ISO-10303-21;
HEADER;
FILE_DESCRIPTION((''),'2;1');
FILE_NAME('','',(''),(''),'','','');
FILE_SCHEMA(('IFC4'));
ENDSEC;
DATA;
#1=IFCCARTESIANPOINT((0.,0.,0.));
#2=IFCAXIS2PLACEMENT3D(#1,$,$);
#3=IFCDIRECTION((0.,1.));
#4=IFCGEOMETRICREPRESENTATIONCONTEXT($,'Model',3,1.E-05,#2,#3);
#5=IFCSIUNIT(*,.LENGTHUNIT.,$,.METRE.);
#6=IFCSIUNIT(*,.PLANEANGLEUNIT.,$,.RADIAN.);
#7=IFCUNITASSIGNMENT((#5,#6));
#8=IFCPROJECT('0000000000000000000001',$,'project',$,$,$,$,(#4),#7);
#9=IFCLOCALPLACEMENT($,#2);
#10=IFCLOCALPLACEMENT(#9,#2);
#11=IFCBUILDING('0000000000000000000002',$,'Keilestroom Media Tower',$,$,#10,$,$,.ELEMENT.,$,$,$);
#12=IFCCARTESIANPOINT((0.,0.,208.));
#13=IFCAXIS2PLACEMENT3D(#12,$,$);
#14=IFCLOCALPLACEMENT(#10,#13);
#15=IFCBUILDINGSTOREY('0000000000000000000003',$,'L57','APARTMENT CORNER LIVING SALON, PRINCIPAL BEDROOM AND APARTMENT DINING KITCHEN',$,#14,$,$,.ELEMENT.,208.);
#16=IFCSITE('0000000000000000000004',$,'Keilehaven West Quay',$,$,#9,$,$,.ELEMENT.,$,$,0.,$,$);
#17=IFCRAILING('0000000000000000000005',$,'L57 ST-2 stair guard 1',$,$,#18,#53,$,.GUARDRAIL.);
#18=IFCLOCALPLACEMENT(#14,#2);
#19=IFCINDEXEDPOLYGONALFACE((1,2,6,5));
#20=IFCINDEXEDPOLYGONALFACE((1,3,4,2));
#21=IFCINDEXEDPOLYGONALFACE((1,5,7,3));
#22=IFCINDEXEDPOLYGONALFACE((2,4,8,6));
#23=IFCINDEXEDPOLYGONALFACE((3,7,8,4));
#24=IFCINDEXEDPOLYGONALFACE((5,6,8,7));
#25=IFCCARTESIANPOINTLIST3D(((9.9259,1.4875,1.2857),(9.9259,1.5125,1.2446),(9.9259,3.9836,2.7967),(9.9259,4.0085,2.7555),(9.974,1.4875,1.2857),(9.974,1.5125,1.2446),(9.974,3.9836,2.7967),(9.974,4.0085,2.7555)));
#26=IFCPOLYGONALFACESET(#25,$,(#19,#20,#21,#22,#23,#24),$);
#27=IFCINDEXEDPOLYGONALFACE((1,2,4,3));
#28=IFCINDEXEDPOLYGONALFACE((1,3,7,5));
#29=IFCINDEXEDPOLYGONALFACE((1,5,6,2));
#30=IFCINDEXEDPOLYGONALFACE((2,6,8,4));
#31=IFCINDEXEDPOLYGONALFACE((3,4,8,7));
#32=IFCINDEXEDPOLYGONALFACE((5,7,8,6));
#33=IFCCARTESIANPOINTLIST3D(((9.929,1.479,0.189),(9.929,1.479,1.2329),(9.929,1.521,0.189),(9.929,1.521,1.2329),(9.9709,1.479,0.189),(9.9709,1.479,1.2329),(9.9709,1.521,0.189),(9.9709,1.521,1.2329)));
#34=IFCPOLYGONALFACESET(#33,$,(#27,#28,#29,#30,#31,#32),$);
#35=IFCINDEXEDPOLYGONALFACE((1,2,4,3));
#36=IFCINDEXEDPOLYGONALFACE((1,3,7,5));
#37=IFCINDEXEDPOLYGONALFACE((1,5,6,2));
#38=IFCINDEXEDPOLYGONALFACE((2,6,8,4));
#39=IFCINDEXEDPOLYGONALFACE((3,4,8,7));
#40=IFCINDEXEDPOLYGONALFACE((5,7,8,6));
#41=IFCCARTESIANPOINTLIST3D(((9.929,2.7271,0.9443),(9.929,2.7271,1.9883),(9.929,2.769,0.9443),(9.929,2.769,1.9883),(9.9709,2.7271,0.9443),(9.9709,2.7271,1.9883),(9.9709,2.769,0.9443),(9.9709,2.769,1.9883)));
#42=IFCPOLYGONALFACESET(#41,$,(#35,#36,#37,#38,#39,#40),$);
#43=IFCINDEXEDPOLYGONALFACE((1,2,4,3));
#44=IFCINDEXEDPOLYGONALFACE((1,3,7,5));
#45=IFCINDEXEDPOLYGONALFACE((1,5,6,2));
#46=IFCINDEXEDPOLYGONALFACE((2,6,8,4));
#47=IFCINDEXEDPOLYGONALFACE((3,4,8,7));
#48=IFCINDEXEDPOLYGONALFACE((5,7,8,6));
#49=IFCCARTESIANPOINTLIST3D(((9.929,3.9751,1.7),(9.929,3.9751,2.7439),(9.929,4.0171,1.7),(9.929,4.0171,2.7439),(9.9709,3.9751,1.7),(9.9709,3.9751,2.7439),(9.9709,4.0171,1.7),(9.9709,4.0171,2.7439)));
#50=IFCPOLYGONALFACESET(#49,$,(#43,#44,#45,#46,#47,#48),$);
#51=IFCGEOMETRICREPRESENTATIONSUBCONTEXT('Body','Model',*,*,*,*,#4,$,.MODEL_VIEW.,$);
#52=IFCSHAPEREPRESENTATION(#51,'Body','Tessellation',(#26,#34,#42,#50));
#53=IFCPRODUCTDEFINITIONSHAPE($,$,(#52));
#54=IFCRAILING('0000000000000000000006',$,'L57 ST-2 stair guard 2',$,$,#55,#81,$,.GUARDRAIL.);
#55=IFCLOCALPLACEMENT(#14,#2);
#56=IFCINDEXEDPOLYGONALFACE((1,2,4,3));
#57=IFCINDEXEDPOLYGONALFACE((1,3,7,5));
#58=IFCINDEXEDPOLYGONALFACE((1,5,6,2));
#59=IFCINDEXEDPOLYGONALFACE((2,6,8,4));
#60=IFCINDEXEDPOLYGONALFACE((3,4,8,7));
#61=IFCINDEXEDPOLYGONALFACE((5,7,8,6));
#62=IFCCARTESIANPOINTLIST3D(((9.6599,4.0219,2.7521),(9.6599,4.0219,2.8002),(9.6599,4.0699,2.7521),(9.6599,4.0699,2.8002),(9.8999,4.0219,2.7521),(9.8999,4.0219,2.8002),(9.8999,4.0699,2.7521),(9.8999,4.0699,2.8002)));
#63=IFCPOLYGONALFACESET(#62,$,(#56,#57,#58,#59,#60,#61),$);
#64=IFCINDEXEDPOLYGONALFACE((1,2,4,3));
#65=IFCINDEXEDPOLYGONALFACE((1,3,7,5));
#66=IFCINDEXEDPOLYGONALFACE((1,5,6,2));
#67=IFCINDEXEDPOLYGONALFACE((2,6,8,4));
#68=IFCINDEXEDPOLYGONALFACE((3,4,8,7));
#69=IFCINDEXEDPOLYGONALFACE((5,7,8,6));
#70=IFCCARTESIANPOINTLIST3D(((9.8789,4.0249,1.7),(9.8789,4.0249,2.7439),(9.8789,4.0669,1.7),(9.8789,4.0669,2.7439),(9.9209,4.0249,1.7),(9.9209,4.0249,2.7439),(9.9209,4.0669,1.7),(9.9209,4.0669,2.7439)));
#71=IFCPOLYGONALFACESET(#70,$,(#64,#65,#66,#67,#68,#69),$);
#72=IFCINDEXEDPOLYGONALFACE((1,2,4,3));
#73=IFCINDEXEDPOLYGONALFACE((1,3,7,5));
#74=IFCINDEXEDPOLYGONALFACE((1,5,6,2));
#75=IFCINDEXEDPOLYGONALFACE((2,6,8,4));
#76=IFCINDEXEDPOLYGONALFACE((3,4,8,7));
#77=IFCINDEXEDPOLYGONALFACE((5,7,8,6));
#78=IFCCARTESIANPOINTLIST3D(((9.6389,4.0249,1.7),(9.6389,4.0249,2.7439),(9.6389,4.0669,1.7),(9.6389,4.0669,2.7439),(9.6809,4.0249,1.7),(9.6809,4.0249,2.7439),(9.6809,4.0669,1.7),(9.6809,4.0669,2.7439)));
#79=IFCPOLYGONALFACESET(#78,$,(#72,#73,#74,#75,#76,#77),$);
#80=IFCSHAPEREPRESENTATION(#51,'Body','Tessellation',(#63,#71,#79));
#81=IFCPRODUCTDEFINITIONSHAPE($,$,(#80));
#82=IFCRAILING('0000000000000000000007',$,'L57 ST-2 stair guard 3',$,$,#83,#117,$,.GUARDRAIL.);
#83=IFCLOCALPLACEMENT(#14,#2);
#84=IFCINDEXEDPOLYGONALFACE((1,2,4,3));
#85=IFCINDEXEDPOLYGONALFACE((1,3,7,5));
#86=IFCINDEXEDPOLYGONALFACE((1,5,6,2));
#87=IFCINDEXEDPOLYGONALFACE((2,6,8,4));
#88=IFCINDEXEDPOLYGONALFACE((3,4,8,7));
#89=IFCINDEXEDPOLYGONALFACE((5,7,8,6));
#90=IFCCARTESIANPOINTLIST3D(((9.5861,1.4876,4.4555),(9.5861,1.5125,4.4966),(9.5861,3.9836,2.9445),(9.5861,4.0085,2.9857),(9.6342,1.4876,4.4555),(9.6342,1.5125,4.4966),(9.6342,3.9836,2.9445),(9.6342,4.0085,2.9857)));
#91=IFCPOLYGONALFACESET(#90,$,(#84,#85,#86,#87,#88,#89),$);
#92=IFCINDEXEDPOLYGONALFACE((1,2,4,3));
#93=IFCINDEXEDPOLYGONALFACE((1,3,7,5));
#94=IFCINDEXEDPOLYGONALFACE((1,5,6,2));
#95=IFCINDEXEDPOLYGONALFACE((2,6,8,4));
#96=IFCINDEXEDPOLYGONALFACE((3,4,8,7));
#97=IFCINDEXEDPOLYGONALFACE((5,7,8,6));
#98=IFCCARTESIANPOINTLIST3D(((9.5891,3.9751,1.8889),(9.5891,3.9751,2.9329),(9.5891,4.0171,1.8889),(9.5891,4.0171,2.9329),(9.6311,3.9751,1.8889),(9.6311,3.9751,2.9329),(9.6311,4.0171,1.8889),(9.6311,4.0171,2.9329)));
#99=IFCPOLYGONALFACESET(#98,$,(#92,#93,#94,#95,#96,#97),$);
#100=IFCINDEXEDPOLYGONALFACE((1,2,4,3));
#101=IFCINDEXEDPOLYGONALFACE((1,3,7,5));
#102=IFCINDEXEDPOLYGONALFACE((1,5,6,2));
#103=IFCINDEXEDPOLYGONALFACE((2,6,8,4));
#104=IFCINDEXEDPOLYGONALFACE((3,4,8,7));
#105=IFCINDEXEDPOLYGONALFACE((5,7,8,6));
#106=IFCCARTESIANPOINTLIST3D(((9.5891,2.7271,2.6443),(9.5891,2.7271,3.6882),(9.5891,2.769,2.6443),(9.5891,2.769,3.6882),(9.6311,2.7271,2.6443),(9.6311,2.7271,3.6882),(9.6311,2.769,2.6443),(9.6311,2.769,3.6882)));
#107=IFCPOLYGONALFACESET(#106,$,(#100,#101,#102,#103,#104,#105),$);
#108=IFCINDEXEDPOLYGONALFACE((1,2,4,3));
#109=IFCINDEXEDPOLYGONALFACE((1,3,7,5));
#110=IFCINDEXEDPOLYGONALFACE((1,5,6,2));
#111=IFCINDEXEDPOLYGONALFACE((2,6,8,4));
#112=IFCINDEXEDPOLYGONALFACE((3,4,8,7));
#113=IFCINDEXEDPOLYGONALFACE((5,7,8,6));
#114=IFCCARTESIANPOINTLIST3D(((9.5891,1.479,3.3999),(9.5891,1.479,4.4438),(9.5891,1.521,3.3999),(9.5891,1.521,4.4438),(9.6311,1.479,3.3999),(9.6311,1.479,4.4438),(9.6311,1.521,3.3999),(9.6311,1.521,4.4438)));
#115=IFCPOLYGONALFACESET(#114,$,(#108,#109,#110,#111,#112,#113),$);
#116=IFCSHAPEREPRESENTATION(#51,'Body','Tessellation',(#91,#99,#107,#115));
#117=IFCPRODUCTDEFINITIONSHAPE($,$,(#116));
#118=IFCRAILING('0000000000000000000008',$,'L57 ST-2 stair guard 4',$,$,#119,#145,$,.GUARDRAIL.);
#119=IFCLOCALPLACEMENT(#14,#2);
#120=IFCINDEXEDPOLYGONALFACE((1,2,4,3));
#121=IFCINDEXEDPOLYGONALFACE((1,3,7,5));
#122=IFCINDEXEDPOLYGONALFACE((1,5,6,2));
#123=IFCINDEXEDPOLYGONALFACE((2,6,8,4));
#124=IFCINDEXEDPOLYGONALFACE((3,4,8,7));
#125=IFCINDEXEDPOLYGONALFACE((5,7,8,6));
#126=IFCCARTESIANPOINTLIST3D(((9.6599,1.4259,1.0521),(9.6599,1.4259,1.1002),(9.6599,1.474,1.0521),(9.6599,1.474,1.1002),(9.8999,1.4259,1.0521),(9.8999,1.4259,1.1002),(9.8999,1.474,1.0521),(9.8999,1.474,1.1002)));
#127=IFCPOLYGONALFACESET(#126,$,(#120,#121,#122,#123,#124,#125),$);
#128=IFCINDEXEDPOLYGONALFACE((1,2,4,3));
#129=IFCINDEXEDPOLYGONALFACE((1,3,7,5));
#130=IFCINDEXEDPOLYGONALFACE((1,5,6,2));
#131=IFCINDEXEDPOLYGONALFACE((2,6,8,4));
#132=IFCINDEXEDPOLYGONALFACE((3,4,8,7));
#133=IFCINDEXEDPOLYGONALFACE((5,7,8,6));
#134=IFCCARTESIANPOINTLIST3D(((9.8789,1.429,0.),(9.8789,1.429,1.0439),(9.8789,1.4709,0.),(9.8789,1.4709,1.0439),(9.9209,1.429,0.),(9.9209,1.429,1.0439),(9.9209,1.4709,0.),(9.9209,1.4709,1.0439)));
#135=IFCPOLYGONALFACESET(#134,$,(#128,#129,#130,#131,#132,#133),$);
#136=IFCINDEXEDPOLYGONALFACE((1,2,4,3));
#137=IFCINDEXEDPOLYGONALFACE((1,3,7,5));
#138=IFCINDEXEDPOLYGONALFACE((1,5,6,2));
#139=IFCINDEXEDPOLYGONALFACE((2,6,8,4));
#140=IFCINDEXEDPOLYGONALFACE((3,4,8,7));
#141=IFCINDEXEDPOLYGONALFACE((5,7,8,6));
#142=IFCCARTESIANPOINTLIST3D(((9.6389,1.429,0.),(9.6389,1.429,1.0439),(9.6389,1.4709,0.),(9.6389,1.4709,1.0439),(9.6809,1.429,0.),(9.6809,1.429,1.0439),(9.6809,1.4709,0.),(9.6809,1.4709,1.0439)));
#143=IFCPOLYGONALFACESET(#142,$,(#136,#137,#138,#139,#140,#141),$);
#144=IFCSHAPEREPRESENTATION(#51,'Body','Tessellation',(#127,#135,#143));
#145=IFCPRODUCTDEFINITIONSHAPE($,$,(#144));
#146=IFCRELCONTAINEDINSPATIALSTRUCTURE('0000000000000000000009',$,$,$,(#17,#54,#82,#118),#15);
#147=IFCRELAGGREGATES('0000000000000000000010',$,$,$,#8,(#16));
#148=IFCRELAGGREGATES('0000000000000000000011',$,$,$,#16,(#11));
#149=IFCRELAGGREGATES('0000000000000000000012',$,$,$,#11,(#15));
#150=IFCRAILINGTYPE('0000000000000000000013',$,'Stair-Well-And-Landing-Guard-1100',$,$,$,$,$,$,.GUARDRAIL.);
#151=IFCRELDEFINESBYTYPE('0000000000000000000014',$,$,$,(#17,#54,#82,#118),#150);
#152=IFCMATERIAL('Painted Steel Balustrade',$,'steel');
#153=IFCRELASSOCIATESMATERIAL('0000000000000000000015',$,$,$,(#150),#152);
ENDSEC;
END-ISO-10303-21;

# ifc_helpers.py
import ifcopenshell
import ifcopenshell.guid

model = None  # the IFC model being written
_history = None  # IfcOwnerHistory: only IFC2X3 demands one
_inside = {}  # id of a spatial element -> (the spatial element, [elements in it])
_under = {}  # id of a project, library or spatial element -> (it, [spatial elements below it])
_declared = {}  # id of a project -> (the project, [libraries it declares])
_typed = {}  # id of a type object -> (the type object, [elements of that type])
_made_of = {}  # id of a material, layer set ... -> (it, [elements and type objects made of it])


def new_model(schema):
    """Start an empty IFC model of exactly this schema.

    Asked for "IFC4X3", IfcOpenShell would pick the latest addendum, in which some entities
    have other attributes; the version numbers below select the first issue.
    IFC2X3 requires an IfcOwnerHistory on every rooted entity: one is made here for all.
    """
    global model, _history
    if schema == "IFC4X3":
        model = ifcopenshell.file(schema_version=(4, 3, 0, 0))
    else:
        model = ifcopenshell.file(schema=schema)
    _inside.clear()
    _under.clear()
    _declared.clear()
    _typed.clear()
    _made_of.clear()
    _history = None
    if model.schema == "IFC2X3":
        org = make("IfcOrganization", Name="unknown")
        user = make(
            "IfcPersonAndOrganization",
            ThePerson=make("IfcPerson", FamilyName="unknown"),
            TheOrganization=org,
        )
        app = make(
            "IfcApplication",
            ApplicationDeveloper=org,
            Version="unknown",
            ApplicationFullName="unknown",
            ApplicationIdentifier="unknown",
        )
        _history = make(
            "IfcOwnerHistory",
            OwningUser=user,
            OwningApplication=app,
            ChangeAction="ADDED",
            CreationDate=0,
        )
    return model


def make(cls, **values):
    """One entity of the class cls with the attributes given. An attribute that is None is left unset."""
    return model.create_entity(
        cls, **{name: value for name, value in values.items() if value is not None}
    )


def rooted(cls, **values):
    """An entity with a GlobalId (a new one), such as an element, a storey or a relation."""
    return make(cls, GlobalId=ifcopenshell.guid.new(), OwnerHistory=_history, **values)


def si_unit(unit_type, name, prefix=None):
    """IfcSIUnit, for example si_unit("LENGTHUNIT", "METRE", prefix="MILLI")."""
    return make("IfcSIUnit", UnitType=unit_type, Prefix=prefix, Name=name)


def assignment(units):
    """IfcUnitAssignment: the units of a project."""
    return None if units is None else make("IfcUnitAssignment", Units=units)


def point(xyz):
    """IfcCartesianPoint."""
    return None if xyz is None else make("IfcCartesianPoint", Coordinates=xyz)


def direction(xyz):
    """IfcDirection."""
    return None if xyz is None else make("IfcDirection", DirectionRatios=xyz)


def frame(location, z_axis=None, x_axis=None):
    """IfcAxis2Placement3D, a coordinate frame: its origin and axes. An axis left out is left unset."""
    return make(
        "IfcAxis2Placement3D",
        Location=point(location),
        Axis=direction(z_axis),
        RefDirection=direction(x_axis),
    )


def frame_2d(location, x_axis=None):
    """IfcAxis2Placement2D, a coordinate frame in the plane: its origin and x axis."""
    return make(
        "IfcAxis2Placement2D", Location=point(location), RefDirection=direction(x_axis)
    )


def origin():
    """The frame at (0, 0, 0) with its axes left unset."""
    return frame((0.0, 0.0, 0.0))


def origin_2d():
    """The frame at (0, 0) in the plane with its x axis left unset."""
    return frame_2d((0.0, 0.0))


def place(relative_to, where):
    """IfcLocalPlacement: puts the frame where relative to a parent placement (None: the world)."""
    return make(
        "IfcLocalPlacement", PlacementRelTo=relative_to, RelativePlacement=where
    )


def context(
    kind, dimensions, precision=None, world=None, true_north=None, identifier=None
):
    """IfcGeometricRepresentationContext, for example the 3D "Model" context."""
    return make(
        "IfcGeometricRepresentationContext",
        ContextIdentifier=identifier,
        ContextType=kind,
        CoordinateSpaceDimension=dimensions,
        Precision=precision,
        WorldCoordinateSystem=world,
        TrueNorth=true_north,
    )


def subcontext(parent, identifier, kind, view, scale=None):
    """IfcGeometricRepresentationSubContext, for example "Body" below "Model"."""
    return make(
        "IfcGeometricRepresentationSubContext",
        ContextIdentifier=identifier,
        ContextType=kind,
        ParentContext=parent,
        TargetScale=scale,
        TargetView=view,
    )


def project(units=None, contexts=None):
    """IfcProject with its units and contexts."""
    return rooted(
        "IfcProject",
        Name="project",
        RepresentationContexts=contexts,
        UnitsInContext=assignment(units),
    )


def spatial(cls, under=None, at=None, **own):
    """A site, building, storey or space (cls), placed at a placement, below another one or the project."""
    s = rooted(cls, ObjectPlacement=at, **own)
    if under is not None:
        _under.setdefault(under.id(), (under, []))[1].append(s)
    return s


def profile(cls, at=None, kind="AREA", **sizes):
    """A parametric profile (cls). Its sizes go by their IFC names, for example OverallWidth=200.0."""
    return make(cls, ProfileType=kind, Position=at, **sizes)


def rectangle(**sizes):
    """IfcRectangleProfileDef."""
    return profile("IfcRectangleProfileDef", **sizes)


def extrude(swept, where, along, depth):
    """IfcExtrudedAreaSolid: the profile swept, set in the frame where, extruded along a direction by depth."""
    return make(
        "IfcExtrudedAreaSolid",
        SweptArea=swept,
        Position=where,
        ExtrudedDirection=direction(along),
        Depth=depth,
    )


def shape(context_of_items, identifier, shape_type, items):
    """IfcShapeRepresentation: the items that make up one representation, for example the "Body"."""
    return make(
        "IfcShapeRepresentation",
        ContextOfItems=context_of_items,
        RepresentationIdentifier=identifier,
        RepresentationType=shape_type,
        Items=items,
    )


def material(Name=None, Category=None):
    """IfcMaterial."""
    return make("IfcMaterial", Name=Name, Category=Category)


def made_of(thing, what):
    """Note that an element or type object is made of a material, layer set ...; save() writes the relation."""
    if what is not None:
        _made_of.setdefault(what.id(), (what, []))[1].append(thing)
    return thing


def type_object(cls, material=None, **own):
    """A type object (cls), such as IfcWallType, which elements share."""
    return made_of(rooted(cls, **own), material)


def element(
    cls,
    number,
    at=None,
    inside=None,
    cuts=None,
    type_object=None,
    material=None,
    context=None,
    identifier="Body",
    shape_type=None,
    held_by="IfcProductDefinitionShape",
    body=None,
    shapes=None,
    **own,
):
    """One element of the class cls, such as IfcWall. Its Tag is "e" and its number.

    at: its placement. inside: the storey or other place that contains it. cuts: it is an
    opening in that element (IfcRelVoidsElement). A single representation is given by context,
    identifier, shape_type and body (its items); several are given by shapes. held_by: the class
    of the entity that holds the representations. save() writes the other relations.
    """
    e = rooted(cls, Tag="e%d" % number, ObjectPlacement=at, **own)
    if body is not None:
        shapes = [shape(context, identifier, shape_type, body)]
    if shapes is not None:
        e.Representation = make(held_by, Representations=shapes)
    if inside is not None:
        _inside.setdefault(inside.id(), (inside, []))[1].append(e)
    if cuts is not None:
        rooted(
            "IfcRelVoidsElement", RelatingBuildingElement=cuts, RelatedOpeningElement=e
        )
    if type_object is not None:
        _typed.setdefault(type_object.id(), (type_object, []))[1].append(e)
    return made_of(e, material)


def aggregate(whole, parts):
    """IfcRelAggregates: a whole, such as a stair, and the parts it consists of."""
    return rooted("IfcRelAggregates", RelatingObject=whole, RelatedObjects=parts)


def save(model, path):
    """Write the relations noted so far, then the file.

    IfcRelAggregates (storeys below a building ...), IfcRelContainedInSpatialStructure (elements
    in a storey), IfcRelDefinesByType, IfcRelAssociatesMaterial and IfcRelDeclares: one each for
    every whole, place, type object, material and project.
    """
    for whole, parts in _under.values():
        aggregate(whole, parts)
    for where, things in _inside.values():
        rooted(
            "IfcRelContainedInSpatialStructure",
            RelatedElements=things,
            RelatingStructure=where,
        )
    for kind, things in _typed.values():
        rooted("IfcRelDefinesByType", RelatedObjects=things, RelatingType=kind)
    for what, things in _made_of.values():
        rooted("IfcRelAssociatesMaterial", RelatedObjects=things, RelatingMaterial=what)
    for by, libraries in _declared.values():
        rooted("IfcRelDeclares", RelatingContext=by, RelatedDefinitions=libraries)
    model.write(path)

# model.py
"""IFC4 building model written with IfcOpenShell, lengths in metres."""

from ifc_helpers import new_model, si_unit, direction, frame, origin, origin_2d, place, context, subcontext, project, spatial, rectangle, extrude, material, type_object, element, save


model = new_model("IFC4")

# Units and contexts
model_context = context("Model", 3, precision=1e-05, world=origin(), true_north=direction((0.0, 1.0)))
body_context = subcontext(model_context, "Body", "Model", "MODEL_VIEW")
ifc_project = project(units=[si_unit("LENGTHUNIT", "METRE"), si_unit("PLANEANGLEUNIT", "RADIAN")], contexts=[model_context])

# Site, building, storey
site_placement = place(None, origin())
site = spatial("IfcSite", under=ifc_project, at=site_placement, Name="Keilehaven West Quay", CompositionType="ELEMENT", RefElevation=0.0)
building_placement = place(site_placement, origin())
building = spatial("IfcBuilding", under=site, at=building_placement, Name="Keilestroom Media Tower", CompositionType="ELEMENT")
storey_placement = place(building_placement, frame((0.0, 0.0, 208.0)))
storey = spatial("IfcBuildingStorey", under=building, at=storey_placement, Name="L57", Description="APARTMENT CORNER LIVING SALON, PRINCIPAL BEDROOM AND APARTMENT DINING KITCHEN", CompositionType="ELEMENT", Elevation=208.0)

# Railings
ifc_material_1 = material(Name="Painted Steel Balustrade", Category="steel")
railing_type_1 = type_object("IfcRailingType", Name="Stair-Well-And-Landing-Guard-1100", PredefinedType="GUARDRAIL", material=ifc_material_1)
railing_1_placement = place(storey_placement, frame((9.95, 1.5, 0.189)))
element("IfcRailing", 1, at=railing_1_placement, inside=storey, type_object=railing_type_1, Name="L57 ST-2 stair guard 1", PredefinedType="GUARDRAIL", context=body_context, shape_type="SweptSolid", body=[
    extrude(rectangle(XDim=0.0481, YDim=0.0481, at=origin_2d()), frame((0.0, 0.0, 1.0762), z_axis=(0.0, 0.855471, 0.517851), x_axis=(-1.0, 0.0, 0.0)), (0.0, 0.0, 1.0), 2.9177),
    extrude(rectangle(XDim=0.042, YDim=0.042, at=origin_2d()), origin(), (0.0, 0.0, 1.0), 1.0439),
    extrude(rectangle(XDim=0.042, YDim=0.042, at=origin_2d()), frame((0.0, 1.248, 0.7554)), (0.0, 0.0, 1.0), 1.0439),
    extrude(rectangle(XDim=0.042, YDim=0.042, at=origin_2d()), frame((0.0, 2.4961, 1.511)), (0.0, 0.0, 1.0), 1.0439),
])
railing_2_placement = place(storey_placement, frame((9.8999, 4.0459, 1.7)))
element("IfcRailing", 2, at=railing_2_placement, inside=storey, type_object=railing_type_1, Name="L57 ST-2 stair guard 2", PredefinedType="GUARDRAIL", context=body_context, shape_type="SweptSolid", body=[
    extrude(rectangle(XDim=0.0481, YDim=0.0481, at=origin_2d()), frame((0.0, 0.0, 1.0762), z_axis=(-1.0, 0.0, 0.0), x_axis=(0.0, -1.0, 0.0)), (0.0, 0.0, 1.0), 0.24),
    extrude(rectangle(XDim=0.042, YDim=0.042, at=origin_2d()), origin(), (0.0, 0.0, 1.0), 1.0439),
    extrude(rectangle(XDim=0.042, YDim=0.042, at=origin_2d()), frame((-0.24, 0.0, 0.0)), (0.0, 0.0, 1.0), 1.0439),
])
railing_3_placement = place(storey_placement, frame((9.6101, 3.9961, 1.8889)))
element("IfcRailing", 3, at=railing_3_placement, inside=storey, type_object=railing_type_1, Name="L57 ST-2 stair guard 3", PredefinedType="GUARDRAIL", context=body_context, shape_type="SweptSolid", body=[
    extrude(rectangle(XDim=0.0481, YDim=0.0481, at=origin_2d()), frame((0.0, 0.0, 1.0762), z_axis=(0.0, -0.855471, 0.517851), x_axis=(1.0, 0.0, 0.0)), (0.0, 0.0, 1.0), 2.9177),
    extrude(rectangle(XDim=0.042, YDim=0.042, at=origin_2d()), origin(), (0.0, 0.0, 1.0), 1.0439),
    extrude(rectangle(XDim=0.042, YDim=0.042, at=origin_2d()), frame((0.0, -1.248, 0.7554)), (0.0, 0.0, 1.0), 1.0439),
    extrude(rectangle(XDim=0.042, YDim=0.042, at=origin_2d()), frame((0.0, -2.4961, 1.511)), (0.0, 0.0, 1.0), 1.0439),
])
railing_4_placement = place(storey_placement, frame((9.8999, 1.45, 0.0)))
element("IfcRailing", 4, at=railing_4_placement, inside=storey, type_object=railing_type_1, Name="L57 ST-2 stair guard 4", PredefinedType="GUARDRAIL", context=body_context, shape_type="SweptSolid", body=[
    extrude(rectangle(XDim=0.0481, YDim=0.0481, at=origin_2d()), frame((0.0, 0.0, 1.0762), z_axis=(-1.0, 0.0, 0.0), x_axis=(0.0, -1.0, 0.0)), (0.0, 0.0, 1.0), 0.24),
    extrude(rectangle(XDim=0.042, YDim=0.042, at=origin_2d()), origin(), (0.0, 0.0, 1.0), 1.0439),
    extrude(rectangle(XDim=0.042, YDim=0.042, at=origin_2d()), frame((-0.24, 0.0, 0.0)), (0.0, 0.0, 1.0), 1.0439),
])

save(model, "model.ifc")
